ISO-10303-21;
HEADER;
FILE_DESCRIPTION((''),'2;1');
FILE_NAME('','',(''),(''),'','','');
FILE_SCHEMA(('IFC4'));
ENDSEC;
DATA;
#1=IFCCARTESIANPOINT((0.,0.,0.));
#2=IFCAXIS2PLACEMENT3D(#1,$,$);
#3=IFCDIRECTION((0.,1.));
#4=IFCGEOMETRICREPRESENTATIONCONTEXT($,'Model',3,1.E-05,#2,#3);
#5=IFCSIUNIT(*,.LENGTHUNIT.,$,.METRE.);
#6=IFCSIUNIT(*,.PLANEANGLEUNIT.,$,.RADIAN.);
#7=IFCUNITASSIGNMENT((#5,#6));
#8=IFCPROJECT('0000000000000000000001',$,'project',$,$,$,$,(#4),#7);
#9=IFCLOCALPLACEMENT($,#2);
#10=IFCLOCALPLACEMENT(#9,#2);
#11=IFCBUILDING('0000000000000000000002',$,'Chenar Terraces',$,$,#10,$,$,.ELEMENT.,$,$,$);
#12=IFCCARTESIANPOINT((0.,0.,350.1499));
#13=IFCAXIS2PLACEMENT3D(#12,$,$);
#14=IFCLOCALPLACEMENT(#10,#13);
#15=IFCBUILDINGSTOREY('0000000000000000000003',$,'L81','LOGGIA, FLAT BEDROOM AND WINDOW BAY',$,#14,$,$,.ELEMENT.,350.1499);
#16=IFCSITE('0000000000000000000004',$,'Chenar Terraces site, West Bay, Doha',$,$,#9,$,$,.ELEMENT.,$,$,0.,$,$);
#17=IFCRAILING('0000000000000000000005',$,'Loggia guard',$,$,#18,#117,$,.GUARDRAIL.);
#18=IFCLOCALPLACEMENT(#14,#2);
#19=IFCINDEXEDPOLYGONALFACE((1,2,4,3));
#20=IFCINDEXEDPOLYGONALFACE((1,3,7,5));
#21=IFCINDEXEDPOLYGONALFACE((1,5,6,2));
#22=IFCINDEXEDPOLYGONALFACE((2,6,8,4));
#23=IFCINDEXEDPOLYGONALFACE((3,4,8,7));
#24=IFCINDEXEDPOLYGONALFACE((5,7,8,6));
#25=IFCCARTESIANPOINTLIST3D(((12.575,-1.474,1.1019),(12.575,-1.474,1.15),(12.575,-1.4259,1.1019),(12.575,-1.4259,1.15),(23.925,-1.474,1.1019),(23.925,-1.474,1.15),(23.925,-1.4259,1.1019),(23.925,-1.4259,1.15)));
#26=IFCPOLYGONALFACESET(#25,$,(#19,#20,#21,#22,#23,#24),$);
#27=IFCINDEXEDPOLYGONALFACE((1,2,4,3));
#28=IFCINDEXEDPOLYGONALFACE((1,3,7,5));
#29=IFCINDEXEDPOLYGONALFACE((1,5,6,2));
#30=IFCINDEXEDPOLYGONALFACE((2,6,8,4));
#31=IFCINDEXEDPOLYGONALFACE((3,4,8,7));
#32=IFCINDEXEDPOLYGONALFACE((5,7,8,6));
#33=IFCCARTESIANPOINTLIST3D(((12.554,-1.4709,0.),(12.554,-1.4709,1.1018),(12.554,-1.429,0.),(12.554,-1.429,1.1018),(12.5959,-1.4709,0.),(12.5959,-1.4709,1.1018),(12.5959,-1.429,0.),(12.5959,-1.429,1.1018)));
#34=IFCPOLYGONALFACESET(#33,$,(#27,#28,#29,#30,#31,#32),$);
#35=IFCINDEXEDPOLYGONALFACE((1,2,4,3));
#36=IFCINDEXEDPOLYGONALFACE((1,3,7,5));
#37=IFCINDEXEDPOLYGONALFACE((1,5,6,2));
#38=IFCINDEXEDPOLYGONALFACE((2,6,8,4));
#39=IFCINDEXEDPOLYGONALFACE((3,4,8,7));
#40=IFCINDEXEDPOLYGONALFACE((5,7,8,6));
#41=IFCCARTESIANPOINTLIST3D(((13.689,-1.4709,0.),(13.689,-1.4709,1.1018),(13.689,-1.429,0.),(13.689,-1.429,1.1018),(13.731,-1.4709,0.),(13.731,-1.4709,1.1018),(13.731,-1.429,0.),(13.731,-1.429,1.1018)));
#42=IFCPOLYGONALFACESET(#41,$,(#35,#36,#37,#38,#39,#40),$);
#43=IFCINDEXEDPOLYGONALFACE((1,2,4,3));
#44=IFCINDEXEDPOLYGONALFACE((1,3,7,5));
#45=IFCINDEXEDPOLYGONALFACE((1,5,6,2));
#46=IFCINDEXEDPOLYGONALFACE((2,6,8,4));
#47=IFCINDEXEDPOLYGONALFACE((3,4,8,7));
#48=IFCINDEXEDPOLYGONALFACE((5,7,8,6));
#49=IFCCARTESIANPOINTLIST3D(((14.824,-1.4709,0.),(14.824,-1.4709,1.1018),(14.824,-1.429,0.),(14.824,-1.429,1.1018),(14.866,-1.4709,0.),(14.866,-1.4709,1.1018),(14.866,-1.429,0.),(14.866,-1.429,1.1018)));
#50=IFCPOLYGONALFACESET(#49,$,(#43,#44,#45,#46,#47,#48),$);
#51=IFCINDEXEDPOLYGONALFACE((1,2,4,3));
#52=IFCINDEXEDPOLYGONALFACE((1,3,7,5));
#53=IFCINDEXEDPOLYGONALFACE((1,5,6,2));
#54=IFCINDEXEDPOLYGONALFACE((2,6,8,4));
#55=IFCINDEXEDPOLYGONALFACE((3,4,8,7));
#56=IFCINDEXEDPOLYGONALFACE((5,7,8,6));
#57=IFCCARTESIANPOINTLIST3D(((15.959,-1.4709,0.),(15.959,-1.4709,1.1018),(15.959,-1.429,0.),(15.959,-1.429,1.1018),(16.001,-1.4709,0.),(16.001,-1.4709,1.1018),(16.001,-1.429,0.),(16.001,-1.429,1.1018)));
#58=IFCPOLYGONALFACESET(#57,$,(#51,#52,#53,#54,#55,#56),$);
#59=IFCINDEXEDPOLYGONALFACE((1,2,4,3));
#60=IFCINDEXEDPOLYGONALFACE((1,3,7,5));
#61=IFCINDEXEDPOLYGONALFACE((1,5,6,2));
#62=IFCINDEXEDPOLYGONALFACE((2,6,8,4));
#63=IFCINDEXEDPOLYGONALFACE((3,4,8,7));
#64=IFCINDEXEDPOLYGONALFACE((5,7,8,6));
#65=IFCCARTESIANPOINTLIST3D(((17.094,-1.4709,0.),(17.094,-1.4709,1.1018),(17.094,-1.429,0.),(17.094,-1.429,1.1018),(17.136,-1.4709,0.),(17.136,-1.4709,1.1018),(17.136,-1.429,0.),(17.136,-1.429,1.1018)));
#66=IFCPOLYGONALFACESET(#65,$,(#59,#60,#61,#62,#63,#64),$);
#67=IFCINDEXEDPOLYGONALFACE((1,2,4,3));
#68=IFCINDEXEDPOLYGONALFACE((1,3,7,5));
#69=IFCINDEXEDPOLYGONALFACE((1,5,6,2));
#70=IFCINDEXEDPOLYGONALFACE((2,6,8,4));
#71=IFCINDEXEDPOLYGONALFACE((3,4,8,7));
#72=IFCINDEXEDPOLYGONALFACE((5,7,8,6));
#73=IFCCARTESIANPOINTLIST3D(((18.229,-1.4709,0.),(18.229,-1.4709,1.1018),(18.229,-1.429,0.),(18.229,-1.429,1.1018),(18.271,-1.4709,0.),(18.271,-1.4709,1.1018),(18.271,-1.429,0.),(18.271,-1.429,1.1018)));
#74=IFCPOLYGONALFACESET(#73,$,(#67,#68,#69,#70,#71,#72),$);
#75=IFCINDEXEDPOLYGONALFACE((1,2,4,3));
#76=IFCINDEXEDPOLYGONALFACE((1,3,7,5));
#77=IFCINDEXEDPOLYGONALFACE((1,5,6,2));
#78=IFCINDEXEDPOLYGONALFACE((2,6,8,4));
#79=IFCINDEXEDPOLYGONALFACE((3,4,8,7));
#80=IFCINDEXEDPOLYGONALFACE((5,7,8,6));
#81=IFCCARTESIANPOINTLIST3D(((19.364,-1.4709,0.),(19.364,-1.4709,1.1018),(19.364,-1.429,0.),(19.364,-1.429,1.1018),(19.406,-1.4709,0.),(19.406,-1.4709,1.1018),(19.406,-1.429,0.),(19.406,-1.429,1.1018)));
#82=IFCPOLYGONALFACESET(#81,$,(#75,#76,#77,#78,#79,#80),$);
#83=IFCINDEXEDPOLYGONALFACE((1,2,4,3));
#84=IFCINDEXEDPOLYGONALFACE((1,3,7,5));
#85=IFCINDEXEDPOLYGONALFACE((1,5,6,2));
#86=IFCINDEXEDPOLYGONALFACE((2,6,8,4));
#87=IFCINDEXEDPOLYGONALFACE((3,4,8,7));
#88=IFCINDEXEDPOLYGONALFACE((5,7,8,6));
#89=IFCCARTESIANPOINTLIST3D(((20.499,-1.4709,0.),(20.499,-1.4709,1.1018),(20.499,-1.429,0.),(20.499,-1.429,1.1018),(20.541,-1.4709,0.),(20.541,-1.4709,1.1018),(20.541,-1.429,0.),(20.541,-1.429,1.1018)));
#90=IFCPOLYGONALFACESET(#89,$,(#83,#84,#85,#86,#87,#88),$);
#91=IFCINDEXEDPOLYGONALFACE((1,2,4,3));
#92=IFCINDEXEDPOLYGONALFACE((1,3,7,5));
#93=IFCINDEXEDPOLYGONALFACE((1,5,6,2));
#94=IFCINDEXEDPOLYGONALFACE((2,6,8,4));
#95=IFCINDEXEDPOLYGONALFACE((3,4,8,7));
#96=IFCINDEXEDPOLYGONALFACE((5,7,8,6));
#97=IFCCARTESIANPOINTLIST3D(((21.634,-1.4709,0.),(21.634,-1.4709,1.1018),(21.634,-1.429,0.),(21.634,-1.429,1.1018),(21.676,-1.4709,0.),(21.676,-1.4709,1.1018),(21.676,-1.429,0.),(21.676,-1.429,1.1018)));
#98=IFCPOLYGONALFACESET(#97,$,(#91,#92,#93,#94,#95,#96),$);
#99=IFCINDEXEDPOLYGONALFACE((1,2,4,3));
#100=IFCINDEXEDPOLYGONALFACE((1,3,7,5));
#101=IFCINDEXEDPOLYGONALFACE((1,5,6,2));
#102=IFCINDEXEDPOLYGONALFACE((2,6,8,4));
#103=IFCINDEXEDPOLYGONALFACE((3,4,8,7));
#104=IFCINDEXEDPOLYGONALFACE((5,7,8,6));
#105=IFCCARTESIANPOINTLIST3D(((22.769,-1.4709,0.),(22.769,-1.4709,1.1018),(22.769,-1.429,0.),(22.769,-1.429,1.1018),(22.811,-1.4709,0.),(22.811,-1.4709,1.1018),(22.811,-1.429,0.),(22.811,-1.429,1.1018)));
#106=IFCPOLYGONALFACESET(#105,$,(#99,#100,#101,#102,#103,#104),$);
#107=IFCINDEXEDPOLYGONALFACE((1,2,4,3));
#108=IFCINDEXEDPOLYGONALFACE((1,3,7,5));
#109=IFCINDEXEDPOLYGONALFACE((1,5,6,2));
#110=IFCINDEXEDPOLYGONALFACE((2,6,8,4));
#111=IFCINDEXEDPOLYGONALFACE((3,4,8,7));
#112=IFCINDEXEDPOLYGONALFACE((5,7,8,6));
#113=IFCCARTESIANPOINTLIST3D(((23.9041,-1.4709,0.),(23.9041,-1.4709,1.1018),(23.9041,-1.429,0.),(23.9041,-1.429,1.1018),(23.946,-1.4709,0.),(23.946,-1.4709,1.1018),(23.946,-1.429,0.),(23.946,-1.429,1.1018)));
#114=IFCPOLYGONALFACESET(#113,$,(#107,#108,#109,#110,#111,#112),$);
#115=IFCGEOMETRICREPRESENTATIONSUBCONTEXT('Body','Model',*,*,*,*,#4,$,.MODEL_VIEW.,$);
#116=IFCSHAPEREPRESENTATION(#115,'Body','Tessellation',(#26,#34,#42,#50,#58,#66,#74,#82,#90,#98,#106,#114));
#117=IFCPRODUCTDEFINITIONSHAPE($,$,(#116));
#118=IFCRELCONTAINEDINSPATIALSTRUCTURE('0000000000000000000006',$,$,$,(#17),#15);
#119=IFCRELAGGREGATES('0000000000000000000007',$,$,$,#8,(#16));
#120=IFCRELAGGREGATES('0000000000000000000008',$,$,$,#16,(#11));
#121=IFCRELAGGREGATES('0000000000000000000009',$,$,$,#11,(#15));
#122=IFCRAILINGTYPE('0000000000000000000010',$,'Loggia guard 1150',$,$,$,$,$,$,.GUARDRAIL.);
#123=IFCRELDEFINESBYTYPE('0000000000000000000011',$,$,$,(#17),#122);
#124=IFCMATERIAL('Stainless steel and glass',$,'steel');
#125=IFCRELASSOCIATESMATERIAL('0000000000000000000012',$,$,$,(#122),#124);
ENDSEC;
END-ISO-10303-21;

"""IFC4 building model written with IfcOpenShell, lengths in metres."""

from ifc_helpers import new_model, si_unit, direction, frame, origin, origin_2d, place, context, subcontext, project, spatial, rectangle, extrude, material, type_object, element, save


model = new_model("IFC4")

# Units and contexts
model_context = context("Model", 3, precision=1e-05, world=origin(), true_north=direction((0.0, 1.0)))
body_context = subcontext(model_context, "Body", "Model", "MODEL_VIEW")
ifc_project = project(units=[si_unit("LENGTHUNIT", "METRE"), si_unit("PLANEANGLEUNIT", "RADIAN")], contexts=[model_context])

# Site, building, storey
site_placement = place(None, origin())
site = spatial("IfcSite", under=ifc_project, at=site_placement, Name="Chenar Terraces site, West Bay, Doha", CompositionType="ELEMENT", RefElevation=0.0)
building_placement = place(site_placement, origin())
building = spatial("IfcBuilding", under=site, at=building_placement, Name="Chenar Terraces", CompositionType="ELEMENT")
storey_placement = place(building_placement, frame((0.0, 0.0, 350.1499)))
storey = spatial("IfcBuildingStorey", under=building, at=storey_placement, Name="L81", Description="LOGGIA, FLAT BEDROOM AND WINDOW BAY", CompositionType="ELEMENT", Elevation=350.1499)

# Railing
ifc_material_1 = material(Name="Stainless steel and glass", Category="steel")
railing_type = type_object("IfcRailingType", Name="Loggia guard 1150", PredefinedType="GUARDRAIL", material=ifc_material_1)
railing_placement = place(storey_placement, frame((12.575, -1.45, 0.0)))
element("IfcRailing", 1, at=railing_placement, inside=storey, type_object=railing_type, Name="Loggia guard", PredefinedType="GUARDRAIL", context=body_context, shape_type="SweptSolid", body=[
    extrude(rectangle(XDim=0.0481, YDim=0.0481, at=origin_2d()), frame((0.0, 0.0, 1.126), z_axis=(1.0, 0.0, 0.0), x_axis=(0.0, 1.0, 0.0)), (0.0, 0.0, 1.0), 11.3501),
    extrude(rectangle(XDim=0.042, YDim=0.042, at=origin_2d()), origin(), (0.0, 0.0, 1.0), 1.1018),
    extrude(rectangle(XDim=0.042, YDim=0.042, at=origin_2d()), frame((1.135, 0.0, 0.0)), (0.0, 0.0, 1.0), 1.1018),
    extrude(rectangle(XDim=0.042, YDim=0.042, at=origin_2d()), frame((2.27, 0.0, 0.0)), (0.0, 0.0, 1.0), 1.1018),
    extrude(rectangle(XDim=0.042, YDim=0.042, at=origin_2d()), frame((3.405, 0.0, 0.0)), (0.0, 0.0, 1.0), 1.1018),
    extrude(rectangle(XDim=0.042, YDim=0.042, at=origin_2d()), frame((4.54, 0.0, 0.0)), (0.0, 0.0, 1.0), 1.1018),
    extrude(rectangle(XDim=0.042, YDim=0.042, at=origin_2d()), frame((5.675, 0.0, 0.0)), (0.0, 0.0, 1.0), 1.1018),
    extrude(rectangle(XDim=0.042, YDim=0.042, at=origin_2d()), frame((6.8101, 0.0, 0.0)), (0.0, 0.0, 1.0), 1.1018),
    extrude(rectangle(XDim=0.042, YDim=0.042, at=origin_2d()), frame((7.9451, 0.0, 0.0)), (0.0, 0.0, 1.0), 1.1018),
    extrude(rectangle(XDim=0.042, YDim=0.042, at=origin_2d()), frame((9.0801, 0.0, 0.0)), (0.0, 0.0, 1.0), 1.1018),
    extrude(rectangle(XDim=0.042, YDim=0.042, at=origin_2d()), frame((10.2151, 0.0, 0.0)), (0.0, 0.0, 1.0), 1.1018),
    extrude(rectangle(XDim=0.042, YDim=0.042, at=origin_2d()), frame((11.3501, 0.0, 0.0)), (0.0, 0.0, 1.0), 1.1018),
])

save(model, "model.ifc")
